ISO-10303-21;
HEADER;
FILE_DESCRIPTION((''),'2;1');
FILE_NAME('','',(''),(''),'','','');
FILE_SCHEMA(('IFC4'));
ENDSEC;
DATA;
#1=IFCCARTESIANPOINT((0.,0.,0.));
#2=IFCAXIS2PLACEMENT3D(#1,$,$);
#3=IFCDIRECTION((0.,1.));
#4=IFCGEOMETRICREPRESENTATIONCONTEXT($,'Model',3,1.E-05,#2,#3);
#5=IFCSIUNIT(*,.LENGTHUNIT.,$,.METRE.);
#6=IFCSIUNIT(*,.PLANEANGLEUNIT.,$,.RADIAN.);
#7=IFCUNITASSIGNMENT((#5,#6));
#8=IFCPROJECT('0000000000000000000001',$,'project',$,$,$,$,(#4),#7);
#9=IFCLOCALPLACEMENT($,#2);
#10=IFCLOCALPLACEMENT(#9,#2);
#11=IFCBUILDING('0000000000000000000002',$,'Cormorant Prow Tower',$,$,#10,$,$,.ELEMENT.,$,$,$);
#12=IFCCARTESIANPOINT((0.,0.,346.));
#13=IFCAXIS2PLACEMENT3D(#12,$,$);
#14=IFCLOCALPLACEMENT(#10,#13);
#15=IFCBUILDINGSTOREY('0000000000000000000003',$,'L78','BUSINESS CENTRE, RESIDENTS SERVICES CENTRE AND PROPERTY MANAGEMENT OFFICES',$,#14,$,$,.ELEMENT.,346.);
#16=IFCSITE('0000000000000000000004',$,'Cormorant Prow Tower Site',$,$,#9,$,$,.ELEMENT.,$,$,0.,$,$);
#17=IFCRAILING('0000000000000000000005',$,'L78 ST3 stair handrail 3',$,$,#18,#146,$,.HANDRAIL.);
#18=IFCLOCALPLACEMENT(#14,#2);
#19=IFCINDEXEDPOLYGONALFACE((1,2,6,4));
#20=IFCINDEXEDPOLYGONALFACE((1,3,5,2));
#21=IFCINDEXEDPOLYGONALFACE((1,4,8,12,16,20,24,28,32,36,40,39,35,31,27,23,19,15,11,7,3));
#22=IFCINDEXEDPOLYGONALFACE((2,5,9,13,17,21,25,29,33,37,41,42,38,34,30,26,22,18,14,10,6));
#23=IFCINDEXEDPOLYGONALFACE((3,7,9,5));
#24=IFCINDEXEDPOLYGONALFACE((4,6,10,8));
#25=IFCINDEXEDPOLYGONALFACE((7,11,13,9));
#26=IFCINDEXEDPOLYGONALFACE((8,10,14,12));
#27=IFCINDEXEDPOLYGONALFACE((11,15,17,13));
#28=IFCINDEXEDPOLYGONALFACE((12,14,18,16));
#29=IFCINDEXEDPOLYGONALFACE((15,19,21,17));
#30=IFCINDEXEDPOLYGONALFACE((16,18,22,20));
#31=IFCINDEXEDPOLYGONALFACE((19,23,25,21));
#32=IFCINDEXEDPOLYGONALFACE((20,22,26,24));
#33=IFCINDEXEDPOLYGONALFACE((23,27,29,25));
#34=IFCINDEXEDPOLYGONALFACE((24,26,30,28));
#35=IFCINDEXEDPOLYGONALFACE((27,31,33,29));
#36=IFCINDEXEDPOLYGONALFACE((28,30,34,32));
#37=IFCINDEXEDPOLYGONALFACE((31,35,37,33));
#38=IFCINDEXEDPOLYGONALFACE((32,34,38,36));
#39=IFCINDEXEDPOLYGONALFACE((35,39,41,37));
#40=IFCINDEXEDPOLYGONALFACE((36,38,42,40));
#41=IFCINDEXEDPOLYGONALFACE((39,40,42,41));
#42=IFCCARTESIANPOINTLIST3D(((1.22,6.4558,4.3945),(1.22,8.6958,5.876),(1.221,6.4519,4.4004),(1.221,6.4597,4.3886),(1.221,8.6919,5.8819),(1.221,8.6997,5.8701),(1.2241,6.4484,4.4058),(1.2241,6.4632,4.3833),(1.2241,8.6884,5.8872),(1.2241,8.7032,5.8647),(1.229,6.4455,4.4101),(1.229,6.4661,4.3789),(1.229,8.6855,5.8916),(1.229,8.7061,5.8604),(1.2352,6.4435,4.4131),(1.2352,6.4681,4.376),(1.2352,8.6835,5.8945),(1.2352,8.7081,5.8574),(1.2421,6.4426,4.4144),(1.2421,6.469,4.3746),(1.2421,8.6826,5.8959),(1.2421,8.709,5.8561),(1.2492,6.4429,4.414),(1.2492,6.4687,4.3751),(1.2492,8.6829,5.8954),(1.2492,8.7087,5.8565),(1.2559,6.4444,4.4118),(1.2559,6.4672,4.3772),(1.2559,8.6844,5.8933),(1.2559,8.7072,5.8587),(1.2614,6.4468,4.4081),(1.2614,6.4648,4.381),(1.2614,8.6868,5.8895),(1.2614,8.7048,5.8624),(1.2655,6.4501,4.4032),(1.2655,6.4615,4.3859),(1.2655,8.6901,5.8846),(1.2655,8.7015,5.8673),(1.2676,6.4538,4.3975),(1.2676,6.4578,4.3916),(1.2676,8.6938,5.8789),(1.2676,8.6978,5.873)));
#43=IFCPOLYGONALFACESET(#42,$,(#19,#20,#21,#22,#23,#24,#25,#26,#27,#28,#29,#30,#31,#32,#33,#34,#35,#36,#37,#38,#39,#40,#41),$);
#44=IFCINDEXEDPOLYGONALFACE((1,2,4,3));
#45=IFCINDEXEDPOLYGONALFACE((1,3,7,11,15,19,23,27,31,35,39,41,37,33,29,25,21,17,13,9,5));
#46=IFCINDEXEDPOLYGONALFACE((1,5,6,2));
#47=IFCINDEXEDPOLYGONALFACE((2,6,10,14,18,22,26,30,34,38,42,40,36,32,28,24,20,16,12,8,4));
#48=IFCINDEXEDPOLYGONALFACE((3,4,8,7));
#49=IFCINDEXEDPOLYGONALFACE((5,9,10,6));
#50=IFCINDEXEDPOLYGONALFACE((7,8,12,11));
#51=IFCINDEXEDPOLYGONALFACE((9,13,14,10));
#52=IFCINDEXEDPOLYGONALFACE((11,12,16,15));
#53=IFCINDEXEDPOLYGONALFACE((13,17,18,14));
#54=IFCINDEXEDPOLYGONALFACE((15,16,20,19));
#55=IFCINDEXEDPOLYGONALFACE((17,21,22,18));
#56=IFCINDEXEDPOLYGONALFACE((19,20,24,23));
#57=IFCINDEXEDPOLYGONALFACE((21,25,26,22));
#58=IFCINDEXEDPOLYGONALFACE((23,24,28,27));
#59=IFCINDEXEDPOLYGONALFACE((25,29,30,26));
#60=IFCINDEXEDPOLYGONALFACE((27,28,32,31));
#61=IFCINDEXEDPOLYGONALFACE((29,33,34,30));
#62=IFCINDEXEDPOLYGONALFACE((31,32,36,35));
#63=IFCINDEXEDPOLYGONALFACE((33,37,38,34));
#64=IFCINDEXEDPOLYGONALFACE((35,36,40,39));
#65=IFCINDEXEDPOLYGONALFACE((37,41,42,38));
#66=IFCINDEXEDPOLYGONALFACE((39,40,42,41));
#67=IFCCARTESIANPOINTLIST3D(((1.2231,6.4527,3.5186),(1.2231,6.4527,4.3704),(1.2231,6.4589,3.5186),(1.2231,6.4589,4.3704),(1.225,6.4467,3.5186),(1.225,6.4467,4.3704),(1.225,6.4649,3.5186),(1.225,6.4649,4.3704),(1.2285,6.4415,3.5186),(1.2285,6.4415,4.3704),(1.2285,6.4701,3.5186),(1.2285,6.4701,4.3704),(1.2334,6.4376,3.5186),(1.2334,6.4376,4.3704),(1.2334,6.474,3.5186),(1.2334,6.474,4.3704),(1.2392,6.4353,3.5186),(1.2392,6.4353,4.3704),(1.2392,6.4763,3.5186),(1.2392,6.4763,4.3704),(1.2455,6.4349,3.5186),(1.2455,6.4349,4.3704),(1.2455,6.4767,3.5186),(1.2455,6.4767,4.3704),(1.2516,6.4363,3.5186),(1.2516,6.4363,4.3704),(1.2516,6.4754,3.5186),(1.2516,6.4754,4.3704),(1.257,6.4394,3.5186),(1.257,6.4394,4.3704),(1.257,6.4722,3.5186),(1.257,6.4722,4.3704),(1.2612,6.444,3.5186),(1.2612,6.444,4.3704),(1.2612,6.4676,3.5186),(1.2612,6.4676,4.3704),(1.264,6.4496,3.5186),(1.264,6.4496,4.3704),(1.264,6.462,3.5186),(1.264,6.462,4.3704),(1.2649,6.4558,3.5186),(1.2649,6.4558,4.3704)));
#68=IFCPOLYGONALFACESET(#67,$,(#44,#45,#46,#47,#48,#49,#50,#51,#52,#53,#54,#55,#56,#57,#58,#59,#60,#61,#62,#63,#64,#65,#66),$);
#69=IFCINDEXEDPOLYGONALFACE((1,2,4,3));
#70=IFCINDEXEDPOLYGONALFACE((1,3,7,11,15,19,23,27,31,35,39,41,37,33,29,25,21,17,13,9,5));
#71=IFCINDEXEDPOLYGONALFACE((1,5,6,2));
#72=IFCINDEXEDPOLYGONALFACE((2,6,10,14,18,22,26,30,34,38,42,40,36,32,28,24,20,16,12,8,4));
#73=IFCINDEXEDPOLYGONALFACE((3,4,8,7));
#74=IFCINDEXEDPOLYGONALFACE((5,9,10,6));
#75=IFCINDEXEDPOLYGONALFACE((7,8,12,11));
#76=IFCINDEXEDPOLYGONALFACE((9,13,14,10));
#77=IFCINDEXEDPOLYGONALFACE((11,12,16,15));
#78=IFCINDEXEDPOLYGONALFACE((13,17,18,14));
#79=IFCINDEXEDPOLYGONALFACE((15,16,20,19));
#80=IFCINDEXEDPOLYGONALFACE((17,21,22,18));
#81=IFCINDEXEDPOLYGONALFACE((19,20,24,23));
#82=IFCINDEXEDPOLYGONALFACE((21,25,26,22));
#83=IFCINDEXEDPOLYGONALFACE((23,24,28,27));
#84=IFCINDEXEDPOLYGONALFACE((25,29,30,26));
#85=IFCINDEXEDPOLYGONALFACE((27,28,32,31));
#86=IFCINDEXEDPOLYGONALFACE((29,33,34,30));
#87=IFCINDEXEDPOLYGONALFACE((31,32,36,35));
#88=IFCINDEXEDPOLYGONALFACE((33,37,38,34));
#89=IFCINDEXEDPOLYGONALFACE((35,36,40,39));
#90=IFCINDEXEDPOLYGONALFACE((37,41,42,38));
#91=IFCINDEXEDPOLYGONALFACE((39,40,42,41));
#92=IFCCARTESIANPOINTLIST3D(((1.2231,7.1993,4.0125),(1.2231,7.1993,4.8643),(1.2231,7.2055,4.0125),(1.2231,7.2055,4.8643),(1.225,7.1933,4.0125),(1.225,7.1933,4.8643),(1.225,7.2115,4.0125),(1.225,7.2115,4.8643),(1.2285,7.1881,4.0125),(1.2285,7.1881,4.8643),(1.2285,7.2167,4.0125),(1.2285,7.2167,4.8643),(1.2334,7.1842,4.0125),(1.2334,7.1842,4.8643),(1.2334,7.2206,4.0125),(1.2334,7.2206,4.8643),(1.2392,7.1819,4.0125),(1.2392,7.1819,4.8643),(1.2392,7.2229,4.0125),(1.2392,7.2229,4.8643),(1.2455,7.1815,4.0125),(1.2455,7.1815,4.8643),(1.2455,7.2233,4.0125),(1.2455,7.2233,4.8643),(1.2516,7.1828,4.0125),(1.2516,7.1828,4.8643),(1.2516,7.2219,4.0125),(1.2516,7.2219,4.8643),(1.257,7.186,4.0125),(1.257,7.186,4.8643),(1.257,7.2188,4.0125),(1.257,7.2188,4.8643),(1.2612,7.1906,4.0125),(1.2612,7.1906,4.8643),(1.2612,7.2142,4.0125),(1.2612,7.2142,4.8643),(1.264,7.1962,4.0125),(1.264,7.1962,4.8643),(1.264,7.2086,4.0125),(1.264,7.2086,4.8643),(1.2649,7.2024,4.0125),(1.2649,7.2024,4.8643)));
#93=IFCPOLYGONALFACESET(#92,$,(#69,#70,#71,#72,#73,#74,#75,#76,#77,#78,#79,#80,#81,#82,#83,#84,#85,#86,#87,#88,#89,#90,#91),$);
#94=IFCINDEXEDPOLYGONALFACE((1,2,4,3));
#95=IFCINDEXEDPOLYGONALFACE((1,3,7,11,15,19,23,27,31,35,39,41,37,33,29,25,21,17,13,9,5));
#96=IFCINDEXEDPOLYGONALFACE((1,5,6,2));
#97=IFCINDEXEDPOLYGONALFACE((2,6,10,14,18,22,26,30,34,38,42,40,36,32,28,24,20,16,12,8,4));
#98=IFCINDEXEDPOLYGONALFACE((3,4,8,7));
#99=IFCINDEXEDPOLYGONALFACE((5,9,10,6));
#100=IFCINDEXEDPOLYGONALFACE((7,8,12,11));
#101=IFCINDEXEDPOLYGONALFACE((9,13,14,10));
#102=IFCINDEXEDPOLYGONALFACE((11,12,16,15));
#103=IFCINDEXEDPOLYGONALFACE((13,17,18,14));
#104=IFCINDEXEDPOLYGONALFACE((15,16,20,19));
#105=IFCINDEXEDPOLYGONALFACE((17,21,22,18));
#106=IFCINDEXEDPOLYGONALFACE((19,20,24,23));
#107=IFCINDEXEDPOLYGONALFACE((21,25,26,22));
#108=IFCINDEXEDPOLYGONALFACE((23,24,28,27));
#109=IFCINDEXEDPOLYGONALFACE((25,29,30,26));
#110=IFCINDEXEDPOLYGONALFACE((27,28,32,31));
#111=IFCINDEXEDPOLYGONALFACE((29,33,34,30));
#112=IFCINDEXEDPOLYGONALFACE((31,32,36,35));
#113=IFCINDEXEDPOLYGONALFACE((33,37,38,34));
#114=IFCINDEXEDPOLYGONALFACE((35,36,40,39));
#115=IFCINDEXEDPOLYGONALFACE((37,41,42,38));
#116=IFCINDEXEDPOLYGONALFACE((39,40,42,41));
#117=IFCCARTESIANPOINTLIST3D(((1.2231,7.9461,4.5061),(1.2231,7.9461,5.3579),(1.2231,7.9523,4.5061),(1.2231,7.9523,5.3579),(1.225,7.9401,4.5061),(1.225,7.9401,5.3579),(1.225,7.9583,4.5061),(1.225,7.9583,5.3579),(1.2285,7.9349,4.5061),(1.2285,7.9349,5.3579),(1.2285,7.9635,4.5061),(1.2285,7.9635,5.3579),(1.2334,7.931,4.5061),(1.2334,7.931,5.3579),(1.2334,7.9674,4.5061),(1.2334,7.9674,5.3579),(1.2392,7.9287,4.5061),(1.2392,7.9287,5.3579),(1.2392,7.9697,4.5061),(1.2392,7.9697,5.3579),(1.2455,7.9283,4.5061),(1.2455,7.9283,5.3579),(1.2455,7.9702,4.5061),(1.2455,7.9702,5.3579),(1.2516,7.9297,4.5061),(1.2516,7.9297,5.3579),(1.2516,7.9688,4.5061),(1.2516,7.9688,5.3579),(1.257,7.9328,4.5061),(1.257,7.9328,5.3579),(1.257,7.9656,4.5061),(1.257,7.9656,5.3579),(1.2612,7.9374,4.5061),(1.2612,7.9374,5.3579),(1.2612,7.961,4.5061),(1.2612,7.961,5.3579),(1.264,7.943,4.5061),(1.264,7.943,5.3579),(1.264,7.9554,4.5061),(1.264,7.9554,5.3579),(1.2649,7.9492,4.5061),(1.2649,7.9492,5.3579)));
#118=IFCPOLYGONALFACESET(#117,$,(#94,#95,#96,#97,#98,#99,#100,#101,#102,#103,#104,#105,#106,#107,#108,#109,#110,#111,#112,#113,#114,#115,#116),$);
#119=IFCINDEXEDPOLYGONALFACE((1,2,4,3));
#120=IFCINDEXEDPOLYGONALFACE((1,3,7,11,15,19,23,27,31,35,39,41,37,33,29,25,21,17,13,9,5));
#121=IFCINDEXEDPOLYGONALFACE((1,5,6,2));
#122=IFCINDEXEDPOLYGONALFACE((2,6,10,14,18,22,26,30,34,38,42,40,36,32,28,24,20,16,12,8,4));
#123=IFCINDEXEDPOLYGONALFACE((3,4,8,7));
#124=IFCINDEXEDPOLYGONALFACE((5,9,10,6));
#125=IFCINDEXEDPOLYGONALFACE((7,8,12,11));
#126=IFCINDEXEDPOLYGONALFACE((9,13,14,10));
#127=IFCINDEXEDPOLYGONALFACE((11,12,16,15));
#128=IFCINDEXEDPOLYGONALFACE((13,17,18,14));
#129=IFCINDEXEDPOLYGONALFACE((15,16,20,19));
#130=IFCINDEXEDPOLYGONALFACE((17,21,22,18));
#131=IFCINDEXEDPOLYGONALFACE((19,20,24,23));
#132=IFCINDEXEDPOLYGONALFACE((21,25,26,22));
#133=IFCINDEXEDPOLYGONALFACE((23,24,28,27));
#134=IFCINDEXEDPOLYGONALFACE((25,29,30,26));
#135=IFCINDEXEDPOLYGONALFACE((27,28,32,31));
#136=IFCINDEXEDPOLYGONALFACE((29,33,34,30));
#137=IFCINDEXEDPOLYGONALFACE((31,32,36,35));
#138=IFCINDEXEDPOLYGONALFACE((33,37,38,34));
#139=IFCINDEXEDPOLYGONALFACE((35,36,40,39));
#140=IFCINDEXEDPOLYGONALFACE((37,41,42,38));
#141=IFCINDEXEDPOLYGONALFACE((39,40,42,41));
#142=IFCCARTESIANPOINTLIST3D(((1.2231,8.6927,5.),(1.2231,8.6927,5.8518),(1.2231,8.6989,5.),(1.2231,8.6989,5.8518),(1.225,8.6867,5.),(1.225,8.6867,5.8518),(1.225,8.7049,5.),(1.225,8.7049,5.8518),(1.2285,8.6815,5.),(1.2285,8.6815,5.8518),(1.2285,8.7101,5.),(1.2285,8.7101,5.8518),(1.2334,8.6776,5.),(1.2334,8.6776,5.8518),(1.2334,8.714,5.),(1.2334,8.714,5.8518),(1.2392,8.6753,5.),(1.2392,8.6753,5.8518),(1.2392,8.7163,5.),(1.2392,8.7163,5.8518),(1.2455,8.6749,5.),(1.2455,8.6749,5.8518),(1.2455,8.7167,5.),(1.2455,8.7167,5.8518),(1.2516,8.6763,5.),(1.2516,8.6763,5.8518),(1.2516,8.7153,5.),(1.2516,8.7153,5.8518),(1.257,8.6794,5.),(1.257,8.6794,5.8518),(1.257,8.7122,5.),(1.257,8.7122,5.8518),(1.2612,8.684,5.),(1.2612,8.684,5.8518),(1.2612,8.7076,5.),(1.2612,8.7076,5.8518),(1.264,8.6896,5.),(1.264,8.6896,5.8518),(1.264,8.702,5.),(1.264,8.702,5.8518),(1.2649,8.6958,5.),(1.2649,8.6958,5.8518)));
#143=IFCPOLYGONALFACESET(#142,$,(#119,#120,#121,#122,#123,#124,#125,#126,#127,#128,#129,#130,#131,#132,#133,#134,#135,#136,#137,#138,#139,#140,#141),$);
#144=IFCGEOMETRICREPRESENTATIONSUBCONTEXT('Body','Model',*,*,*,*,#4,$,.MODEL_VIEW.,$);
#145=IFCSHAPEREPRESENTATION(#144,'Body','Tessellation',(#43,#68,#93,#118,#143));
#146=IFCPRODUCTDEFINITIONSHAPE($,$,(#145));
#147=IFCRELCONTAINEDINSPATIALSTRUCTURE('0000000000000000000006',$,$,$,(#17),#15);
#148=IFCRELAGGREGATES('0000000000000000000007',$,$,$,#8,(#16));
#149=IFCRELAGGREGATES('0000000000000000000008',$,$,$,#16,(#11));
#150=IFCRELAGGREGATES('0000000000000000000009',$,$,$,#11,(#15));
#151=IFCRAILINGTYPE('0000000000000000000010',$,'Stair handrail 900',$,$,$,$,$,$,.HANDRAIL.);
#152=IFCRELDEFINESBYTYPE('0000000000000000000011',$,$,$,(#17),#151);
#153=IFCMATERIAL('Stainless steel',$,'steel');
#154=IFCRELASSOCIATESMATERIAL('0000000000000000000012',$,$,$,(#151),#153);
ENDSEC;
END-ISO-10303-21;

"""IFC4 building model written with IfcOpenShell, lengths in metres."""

from ifc_helpers import new_model, si_unit, direction, frame, origin, origin_2d, place, context, subcontext, project, spatial, circle, extrude, material, type_object, element, save


model = new_model("IFC4")

# Units and contexts
model_context = context("Model", 3, precision=1e-05, world=origin(), true_north=direction((0.0, 1.0)))
body_context = subcontext(model_context, "Body", "Model", "MODEL_VIEW")
ifc_project = project(units=[si_unit("LENGTHUNIT", "METRE"), si_unit("PLANEANGLEUNIT", "RADIAN")], contexts=[model_context])

# Site, building, storey
site_placement = place(None, origin())
site = spatial("IfcSite", under=ifc_project, at=site_placement, Name="Cormorant Prow Tower Site", CompositionType="ELEMENT", RefElevation=0.0)
building_placement = place(site_placement, origin())
building = spatial("IfcBuilding", under=site, at=building_placement, Name="Cormorant Prow Tower", CompositionType="ELEMENT")
storey_placement = place(building_placement, frame((0.0, 0.0, 346.0)))
storey = spatial("IfcBuildingStorey", under=building, at=storey_placement, Name="L78", Description="BUSINESS CENTRE, RESIDENTS SERVICES CENTRE AND PROPERTY MANAGEMENT OFFICES", CompositionType="ELEMENT", Elevation=346.0)

# Railing
ifc_material_1 = material(Name="Stainless steel", Category="steel")
railing_type_1 = type_object("IfcRailingType", Name="Stair handrail 900", PredefinedType="HANDRAIL", material=ifc_material_1)
for number, where, name in (
    (1, (1.2439, 6.4558, 3.5186), "L78 ST3 stair handrail 3"),
):
    element("IfcRailing", number, at=place(storey_placement, frame(where)), inside=storey, type_object=railing_type_1, Name=name, PredefinedType="HANDRAIL", context=body_context, shape_type="SweptSolid", body=[
        extrude(circle(Radius=0.0239, at=origin_2d()), frame((0.0, 0.0, 0.876), z_axis=(0.0, 0.834087, 0.551634), x_axis=(-1.0, 0.0, 0.0)), (0.0, 0.0, 1.0), 2.6855),
        extrude(circle(Radius=0.021, at=origin_2d()), origin(), (0.0, 0.0, 1.0), 0.8518),
        extrude(circle(Radius=0.021, at=origin_2d()), frame((0.0, 0.7466, 0.4939)), (0.0, 0.0, 1.0), 0.8518),
        extrude(circle(Radius=0.021, at=origin_2d()), frame((0.0, 1.4934, 0.9875)), (0.0, 0.0, 1.0), 0.8518),
        extrude(circle(Radius=0.021, at=origin_2d()), frame((0.0, 2.24, 1.4814)), (0.0, 0.0, 1.0), 0.8518),
    ])

save(model, "model.ifc")
